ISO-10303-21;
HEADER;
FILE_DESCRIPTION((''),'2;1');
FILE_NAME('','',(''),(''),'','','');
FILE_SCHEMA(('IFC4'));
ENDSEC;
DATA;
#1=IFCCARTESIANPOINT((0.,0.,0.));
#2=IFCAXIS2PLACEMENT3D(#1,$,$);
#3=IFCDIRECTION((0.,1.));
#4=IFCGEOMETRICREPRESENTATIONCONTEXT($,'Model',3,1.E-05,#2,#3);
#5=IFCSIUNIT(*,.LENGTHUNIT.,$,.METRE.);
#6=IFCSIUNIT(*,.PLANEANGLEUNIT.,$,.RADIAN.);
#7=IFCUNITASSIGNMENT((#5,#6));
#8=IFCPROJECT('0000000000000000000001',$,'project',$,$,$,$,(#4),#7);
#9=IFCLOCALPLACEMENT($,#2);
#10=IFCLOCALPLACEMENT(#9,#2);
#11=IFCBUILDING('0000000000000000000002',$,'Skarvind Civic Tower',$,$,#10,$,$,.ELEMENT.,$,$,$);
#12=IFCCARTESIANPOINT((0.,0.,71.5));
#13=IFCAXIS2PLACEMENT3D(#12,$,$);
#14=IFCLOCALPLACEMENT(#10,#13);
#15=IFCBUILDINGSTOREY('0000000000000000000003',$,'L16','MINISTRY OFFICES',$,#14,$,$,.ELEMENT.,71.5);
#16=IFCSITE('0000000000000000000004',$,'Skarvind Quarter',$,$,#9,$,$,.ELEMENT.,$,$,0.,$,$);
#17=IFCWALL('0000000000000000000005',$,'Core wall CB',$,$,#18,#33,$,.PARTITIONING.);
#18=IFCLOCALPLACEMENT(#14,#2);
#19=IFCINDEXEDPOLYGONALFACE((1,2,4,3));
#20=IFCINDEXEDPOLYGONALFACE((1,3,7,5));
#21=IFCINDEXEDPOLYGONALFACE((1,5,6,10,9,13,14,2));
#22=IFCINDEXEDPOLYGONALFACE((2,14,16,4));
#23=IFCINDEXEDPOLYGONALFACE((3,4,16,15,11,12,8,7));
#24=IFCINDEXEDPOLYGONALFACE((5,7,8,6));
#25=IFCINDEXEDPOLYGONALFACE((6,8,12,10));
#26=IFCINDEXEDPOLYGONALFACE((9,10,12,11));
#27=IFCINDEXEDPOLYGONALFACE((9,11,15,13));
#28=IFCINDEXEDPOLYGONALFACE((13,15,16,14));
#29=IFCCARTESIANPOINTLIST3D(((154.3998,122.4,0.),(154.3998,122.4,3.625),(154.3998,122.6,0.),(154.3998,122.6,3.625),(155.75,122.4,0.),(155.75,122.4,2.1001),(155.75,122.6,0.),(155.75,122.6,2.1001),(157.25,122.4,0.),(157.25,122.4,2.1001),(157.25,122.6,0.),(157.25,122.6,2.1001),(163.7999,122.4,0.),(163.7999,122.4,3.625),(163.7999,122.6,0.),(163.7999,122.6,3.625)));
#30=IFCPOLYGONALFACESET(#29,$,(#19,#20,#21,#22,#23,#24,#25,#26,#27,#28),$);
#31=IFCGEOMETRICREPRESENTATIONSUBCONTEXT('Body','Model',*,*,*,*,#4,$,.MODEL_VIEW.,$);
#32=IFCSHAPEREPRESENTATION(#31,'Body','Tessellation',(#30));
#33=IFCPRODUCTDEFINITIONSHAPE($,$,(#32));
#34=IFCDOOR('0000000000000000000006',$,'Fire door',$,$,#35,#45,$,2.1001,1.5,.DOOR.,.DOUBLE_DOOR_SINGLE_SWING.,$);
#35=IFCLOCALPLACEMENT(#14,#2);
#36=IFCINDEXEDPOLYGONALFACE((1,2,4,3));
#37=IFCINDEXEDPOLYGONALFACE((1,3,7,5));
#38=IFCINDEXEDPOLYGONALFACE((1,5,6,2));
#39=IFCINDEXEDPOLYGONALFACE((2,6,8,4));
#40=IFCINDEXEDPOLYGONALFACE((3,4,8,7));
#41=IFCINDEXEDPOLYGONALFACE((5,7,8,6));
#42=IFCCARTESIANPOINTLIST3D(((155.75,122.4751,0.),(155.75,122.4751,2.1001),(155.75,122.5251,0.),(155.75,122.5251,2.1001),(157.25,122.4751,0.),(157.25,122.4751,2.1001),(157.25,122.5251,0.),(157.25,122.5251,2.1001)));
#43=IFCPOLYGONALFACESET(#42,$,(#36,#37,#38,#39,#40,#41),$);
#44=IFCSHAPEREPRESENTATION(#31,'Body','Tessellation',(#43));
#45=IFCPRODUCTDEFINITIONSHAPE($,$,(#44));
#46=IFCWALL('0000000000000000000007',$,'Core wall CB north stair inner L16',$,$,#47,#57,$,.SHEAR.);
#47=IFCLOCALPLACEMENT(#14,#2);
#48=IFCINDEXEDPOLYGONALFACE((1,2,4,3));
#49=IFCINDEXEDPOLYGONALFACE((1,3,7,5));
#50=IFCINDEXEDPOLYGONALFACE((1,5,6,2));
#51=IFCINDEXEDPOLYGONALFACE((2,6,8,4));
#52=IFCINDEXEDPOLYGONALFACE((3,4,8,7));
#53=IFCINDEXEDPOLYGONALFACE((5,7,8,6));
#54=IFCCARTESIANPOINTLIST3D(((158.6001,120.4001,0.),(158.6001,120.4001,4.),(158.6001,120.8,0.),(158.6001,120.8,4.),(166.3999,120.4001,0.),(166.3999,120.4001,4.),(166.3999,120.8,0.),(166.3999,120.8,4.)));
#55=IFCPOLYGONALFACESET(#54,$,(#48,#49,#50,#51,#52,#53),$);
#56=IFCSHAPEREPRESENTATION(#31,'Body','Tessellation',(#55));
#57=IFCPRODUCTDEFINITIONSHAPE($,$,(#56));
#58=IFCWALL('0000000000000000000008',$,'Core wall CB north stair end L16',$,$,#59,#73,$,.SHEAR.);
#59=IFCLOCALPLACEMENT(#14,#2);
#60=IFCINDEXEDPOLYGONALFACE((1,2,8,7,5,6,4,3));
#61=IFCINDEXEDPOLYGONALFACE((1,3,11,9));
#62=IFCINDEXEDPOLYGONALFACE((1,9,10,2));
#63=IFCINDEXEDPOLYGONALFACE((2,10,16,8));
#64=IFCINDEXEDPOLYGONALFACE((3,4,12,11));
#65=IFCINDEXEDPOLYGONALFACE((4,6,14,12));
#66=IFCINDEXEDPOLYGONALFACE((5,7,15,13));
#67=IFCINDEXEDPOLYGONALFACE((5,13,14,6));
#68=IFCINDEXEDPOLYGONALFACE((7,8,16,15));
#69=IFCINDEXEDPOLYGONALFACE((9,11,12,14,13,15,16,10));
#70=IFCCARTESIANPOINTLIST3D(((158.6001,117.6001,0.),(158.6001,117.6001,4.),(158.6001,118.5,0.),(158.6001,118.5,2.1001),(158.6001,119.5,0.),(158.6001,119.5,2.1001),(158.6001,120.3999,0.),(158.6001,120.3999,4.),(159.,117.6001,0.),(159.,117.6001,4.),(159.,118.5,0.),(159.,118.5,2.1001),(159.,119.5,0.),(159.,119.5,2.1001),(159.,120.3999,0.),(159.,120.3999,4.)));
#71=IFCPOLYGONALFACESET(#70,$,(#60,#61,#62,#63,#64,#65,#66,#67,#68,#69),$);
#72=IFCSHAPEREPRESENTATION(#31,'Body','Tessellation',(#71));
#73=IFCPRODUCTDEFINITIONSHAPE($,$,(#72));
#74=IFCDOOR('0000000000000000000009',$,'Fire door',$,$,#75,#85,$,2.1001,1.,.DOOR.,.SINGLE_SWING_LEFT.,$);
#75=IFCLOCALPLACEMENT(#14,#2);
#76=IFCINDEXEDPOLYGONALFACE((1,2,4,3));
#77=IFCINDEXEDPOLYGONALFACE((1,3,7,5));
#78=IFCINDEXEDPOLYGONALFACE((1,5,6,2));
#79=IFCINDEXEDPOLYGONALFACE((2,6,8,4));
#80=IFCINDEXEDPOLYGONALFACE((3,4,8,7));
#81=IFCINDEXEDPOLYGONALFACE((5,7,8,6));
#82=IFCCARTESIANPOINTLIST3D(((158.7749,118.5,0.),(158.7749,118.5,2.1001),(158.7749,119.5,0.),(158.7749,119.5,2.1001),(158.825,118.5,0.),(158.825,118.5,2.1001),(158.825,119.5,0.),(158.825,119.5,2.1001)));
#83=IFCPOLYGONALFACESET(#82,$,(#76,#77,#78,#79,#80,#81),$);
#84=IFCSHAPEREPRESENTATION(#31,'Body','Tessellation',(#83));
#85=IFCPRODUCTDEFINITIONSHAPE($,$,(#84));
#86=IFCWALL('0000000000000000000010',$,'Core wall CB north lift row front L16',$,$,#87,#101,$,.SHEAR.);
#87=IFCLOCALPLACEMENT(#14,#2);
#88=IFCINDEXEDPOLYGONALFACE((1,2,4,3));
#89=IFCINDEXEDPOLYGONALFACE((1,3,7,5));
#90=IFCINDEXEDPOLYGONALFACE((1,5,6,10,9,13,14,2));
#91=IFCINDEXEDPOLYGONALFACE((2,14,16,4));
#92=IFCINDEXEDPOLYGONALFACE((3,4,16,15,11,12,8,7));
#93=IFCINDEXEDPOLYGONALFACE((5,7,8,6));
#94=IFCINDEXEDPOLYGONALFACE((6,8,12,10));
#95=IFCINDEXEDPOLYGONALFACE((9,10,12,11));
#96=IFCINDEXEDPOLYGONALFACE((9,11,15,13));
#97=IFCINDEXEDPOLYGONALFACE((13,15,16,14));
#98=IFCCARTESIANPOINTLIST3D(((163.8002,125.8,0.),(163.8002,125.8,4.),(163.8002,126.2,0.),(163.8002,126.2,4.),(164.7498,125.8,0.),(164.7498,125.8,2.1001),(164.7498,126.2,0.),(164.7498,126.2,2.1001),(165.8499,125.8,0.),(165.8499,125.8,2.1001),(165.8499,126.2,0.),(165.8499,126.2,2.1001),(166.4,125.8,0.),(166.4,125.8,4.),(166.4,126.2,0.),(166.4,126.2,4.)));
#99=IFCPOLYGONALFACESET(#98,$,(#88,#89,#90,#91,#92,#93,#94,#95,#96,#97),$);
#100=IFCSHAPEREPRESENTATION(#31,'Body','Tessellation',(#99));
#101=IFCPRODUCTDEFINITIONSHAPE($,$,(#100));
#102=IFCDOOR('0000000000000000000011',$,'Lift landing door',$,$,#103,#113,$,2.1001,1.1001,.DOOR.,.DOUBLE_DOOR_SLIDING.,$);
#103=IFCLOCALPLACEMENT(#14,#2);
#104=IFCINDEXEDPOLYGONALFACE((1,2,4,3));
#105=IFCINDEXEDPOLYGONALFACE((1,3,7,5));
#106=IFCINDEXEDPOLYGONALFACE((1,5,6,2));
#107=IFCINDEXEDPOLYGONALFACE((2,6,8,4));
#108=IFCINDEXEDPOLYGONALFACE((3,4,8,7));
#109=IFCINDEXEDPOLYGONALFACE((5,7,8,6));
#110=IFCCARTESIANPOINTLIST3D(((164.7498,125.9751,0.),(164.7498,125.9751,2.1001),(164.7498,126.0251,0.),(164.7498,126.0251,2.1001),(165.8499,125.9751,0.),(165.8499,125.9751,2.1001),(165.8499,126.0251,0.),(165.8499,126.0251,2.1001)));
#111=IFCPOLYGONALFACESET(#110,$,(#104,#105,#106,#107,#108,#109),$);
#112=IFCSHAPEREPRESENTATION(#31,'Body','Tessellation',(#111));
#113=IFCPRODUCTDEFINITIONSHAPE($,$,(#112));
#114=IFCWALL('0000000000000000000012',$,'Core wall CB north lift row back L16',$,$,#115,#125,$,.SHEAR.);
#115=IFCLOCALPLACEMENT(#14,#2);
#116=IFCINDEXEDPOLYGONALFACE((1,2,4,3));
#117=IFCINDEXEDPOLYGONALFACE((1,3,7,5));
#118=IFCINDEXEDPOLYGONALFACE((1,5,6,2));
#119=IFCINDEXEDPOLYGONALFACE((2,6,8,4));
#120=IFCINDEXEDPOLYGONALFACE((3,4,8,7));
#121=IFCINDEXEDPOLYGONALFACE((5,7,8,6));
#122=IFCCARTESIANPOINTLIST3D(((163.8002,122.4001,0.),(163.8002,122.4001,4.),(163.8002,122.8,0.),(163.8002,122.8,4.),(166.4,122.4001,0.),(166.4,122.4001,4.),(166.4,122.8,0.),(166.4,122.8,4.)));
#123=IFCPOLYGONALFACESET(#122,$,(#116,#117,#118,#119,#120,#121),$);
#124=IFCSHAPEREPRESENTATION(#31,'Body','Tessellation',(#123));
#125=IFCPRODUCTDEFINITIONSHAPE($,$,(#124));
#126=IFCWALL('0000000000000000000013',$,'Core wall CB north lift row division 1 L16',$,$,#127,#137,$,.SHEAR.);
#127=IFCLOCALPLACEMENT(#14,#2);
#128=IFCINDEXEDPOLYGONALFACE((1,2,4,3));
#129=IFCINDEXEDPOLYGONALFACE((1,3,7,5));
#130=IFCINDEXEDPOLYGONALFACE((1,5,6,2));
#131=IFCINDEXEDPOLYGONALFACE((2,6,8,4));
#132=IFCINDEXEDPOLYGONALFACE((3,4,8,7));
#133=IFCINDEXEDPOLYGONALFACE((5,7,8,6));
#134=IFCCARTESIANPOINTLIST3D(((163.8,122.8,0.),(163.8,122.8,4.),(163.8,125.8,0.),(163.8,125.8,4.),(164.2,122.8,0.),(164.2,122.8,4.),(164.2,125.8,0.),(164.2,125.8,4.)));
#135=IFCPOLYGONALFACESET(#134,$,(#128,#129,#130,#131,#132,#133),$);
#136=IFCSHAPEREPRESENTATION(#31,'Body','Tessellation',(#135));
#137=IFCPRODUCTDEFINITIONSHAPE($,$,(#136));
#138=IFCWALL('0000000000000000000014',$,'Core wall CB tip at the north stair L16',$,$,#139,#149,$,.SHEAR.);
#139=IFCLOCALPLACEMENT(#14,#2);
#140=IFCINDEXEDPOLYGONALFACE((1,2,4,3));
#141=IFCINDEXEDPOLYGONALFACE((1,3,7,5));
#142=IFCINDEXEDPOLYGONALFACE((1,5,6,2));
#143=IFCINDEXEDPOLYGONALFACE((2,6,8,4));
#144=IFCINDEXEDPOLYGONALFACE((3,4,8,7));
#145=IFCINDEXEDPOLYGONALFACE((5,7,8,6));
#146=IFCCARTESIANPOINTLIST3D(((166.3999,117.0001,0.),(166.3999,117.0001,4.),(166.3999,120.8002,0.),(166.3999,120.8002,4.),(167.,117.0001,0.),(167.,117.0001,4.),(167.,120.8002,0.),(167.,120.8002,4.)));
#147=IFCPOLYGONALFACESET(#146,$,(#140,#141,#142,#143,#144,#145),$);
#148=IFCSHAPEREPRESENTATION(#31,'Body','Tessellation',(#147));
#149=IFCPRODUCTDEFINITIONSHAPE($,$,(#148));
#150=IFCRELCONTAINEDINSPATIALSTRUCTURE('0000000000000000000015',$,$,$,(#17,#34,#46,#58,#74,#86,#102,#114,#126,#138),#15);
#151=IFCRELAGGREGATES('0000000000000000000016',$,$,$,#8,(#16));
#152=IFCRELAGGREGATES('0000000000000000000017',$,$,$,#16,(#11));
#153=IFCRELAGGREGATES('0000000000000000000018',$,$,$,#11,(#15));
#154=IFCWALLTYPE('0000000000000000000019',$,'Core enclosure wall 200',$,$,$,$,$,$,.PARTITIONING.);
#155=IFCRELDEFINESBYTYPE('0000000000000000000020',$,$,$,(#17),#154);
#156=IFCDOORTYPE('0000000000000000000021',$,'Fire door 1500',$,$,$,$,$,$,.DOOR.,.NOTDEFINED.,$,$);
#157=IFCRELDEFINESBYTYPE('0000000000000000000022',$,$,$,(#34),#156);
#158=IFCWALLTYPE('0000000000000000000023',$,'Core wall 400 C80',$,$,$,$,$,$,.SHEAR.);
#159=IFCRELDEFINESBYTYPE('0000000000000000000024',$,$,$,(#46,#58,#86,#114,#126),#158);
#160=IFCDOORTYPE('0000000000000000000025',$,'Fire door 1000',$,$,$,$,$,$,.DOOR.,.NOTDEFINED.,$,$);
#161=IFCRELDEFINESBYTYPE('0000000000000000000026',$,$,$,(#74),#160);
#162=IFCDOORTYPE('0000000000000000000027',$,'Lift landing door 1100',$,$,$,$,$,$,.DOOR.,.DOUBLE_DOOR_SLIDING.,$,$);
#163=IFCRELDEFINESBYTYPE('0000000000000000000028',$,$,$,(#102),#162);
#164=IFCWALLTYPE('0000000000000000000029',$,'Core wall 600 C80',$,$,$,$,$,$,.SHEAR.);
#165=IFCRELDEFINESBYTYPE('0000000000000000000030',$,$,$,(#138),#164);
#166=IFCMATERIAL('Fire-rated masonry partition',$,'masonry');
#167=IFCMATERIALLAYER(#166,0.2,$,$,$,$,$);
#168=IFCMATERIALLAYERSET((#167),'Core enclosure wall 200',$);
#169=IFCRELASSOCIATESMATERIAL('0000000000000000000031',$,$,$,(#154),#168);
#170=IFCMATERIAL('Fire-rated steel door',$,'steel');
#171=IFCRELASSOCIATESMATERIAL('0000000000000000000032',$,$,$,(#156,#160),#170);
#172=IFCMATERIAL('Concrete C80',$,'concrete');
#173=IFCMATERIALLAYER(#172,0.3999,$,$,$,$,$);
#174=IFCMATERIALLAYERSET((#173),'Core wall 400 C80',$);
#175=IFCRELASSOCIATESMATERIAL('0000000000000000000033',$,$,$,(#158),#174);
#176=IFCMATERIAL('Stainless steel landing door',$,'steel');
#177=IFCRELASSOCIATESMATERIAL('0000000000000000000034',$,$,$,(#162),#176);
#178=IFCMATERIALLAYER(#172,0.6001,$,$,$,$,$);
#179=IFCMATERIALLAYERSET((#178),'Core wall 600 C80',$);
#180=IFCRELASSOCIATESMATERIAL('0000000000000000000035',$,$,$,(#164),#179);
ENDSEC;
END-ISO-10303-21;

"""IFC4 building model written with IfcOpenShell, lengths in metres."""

from ifc_helpers import new_model, si_unit, direction, frame, frame_2d, origin, place, context, subcontext, project, spatial, rectangle, extrude, material, layer, layer_set, type_object, element, fill, save


model = new_model("IFC4")

# Units and contexts
model_context = context("Model", 3, precision=1e-05, world=origin(), true_north=direction((0.0, 1.0)))
body_context = subcontext(model_context, "Body", "Model", "MODEL_VIEW")
ifc_project = project(units=[si_unit("LENGTHUNIT", "METRE"), si_unit("PLANEANGLEUNIT", "RADIAN")], contexts=[model_context])

# Site, building, storey
site_placement = place(None, origin())
site = spatial("IfcSite", under=ifc_project, at=site_placement, Name="Skarvind Quarter", CompositionType="ELEMENT", RefElevation=0.0)
building_placement = place(site_placement, origin())
building = spatial("IfcBuilding", under=site, at=building_placement, Name="Skarvind Civic Tower", CompositionType="ELEMENT")
storey_placement = place(building_placement, frame((0.0, 0.0, 71.5)))
storey = spatial("IfcBuildingStorey", under=building, at=storey_placement, Name="L16", Description="MINISTRY OFFICES", CompositionType="ELEMENT", Elevation=71.5)

# Wall, opening, door
ifc_material_1 = material(Name="Fire-rated masonry partition", Category="masonry")
ifc_layer_1 = layer(ifc_material_1, 0.2)
ifc_layer_set_1 = layer_set([ifc_layer_1], Name="Core enclosure wall 200")
wall_type_1 = type_object("IfcWallType", Name="Core enclosure wall 200", PredefinedType="PARTITIONING", material=ifc_layer_set_1)
wall_1_placement = place(storey_placement, frame((163.8, 122.5, 0.0), z_axis=(0.0, 0.0, 1.0), x_axis=(-1.0, 0.0, 0.0)))
wall_1 = element("IfcWall", 1, at=wall_1_placement, inside=storey, type_object=wall_type_1, Name="Core wall CB", PredefinedType="PARTITIONING", context=body_context, shape_type="SweptSolid", body=[
    extrude(rectangle(XDim=9.4001, YDim=0.2, at=frame_2d((4.7002, 0.0))), origin(), (0.0, 0.0, 1.0), 3.625),
])
opening_1_placement = place(wall_1_placement, frame((6.55, 0.0, 0.0)))
opening_1 = element("IfcOpeningElement", 2, at=opening_1_placement, cuts=wall_1, PredefinedType="OPENING", context=body_context, shape_type="SweptSolid", body=[
    extrude(rectangle(XDim=1.5, YDim=2.1001, at=frame_2d((0.75, 1.05))), frame((0.0, 0.1099, 0.0), z_axis=(0.0, -1.0, 0.0), x_axis=(1.0, 0.0, 0.0)), (0.0, 0.0, 1.0), 0.22),
])
ifc_material_2 = material(Name="Fire-rated steel door", Category="steel")
door_type_1 = type_object("IfcDoorType", Name="Fire door 1500", OperationType="NOTDEFINED", PredefinedType="DOOR", material=ifc_material_2)
door_1_placement = place(opening_1_placement, origin())
door_1 = element("IfcDoor", 3, at=door_1_placement, inside=storey, type_object=door_type_1, Name="Fire door", OperationType="DOUBLE_DOOR_SINGLE_SWING", OverallHeight=2.1001, OverallWidth=1.5, PredefinedType="DOOR", context=body_context, shape_type="SweptSolid", body=[
    extrude(rectangle(XDim=1.5, YDim=2.1001, at=frame_2d((0.75, 1.05))), frame((0.0, 0.0249, 0.0), z_axis=(0.0, -1.0, 0.0), x_axis=(1.0, 0.0, 0.0)), (0.0, 0.0, 1.0), 0.05),
])
fill(opening_1, door_1)

# Wall
ifc_material_3 = material(Name="Concrete C80", Category="concrete")
ifc_layer_2 = layer(ifc_material_3, 0.3999)
ifc_layer_set_2 = layer_set([ifc_layer_2], Name="Core wall 400 C80")
wall_type_2 = type_object("IfcWallType", Name="Core wall 400 C80", PredefinedType="SHEAR", material=ifc_layer_set_2)
wall_2_placement = place(storey_placement, frame((166.3999, 120.6001, 0.0), z_axis=(0.0, 0.0, 1.0), x_axis=(-1.0, 0.0, 0.0)))
element("IfcWall", 4, at=wall_2_placement, inside=storey, type_object=wall_type_2, Name="Core wall CB north stair inner L16", PredefinedType="SHEAR", context=body_context, shape_type="SweptSolid", body=[
    extrude(rectangle(XDim=7.7998, YDim=0.3999, at=frame_2d((3.8999, 0.0))), origin(), (0.0, 0.0, 1.0), 4.0),
])

# Walls, openings, doors
wall_3_placement = place(storey_placement, frame((158.8, 120.3999, 0.0), z_axis=(0.0, 0.0, 1.0), x_axis=(0.0, -1.0, 0.0)))
wall_3 = element("IfcWall", 5, at=wall_3_placement, inside=storey, type_object=wall_type_2, Name="Core wall CB north stair end L16", PredefinedType="SHEAR", context=body_context, shape_type="SweptSolid", body=[
    extrude(rectangle(XDim=2.7998, YDim=0.3999, at=frame_2d((1.3999, 0.0))), origin(), (0.0, 0.0, 1.0), 4.0),
])
opening_2_placement = place(wall_3_placement, frame((0.8999, 0.0, 0.0)))
opening_2 = element("IfcOpeningElement", 6, at=opening_2_placement, cuts=wall_3, PredefinedType="OPENING", context=body_context, shape_type="SweptSolid", body=[
    extrude(rectangle(XDim=1.0, YDim=2.1001, at=frame_2d((0.5, 1.05))), frame((0.0, 0.21, 0.0), z_axis=(0.0, -1.0, 0.0), x_axis=(1.0, 0.0, 0.0)), (0.0, 0.0, 1.0), 0.4199),
])
door_type_2 = type_object("IfcDoorType", Name="Fire door 1000", OperationType="NOTDEFINED", PredefinedType="DOOR", material=ifc_material_2)
door_2_placement = place(opening_2_placement, origin())
door_2 = element("IfcDoor", 7, at=door_2_placement, inside=storey, type_object=door_type_2, Name="Fire door", OperationType="SINGLE_SWING_LEFT", OverallHeight=2.1001, OverallWidth=1.0, PredefinedType="DOOR", context=body_context, shape_type="SweptSolid", body=[
    extrude(rectangle(XDim=1.0, YDim=2.1001, at=frame_2d((0.5, 1.05))), frame((0.0, 0.0249, 0.0), z_axis=(0.0, -1.0, 0.0), x_axis=(1.0, 0.0, 0.0)), (0.0, 0.0, 1.0), 0.05),
])
fill(opening_2, door_2)
wall_4_placement = place(storey_placement, frame((166.3999, 126.0, 0.0), z_axis=(0.0, 0.0, 1.0), x_axis=(-1.0, 0.0, 0.0)))
wall_4 = element("IfcWall", 8, at=wall_4_placement, inside=storey, type_object=wall_type_2, Name="Core wall CB north lift row front L16", PredefinedType="SHEAR", context=body_context, shape_type="SweptSolid", body=[
    extrude(rectangle(XDim=2.5999, YDim=0.3999, at=frame_2d((1.2998, 0.0))), origin(), (0.0, 0.0, 1.0), 4.0),
])
opening_3_placement = place(wall_4_placement, frame((0.55, 0.0, 0.0)))
opening_3 = element("IfcOpeningElement", 9, at=opening_3_placement, cuts=wall_4, PredefinedType="OPENING", context=body_context, shape_type="SweptSolid", body=[
    extrude(rectangle(XDim=1.1001, YDim=2.1001, at=frame_2d((0.55, 1.05))), frame((0.0, 0.21, 0.0), z_axis=(0.0, -1.0, 0.0), x_axis=(1.0, 0.0, 0.0)), (0.0, 0.0, 1.0), 0.4199),
])
ifc_material_4 = material(Name="Stainless steel landing door", Category="steel")
door_type_3 = type_object("IfcDoorType", Name="Lift landing door 1100", OperationType="DOUBLE_DOOR_SLIDING", PredefinedType="DOOR", material=ifc_material_4)
door_3_placement = place(opening_3_placement, origin())
door_3 = element("IfcDoor", 10, at=door_3_placement, inside=storey, type_object=door_type_3, Name="Lift landing door", OperationType="DOUBLE_DOOR_SLIDING", OverallHeight=2.1001, OverallWidth=1.1001, PredefinedType="DOOR", context=body_context, shape_type="SweptSolid", body=[
    extrude(rectangle(XDim=1.1001, YDim=2.1001, at=frame_2d((0.55, 1.05))), frame((0.0, 0.0249, 0.0), z_axis=(0.0, -1.0, 0.0), x_axis=(1.0, 0.0, 0.0)), (0.0, 0.0, 1.0), 0.05),
])
fill(opening_3, door_3)

# Walls
wall_5_placement = place(storey_placement, frame((166.3999, 122.6001, 0.0), z_axis=(0.0, 0.0, 1.0), x_axis=(-1.0, 0.0, 0.0)))
element("IfcWall", 11, at=wall_5_placement, inside=storey, type_object=wall_type_2, Name="Core wall CB north lift row back L16", PredefinedType="SHEAR", context=body_context, shape_type="SweptSolid", body=[
    extrude(rectangle(XDim=2.5999, YDim=0.3999, at=frame_2d((1.2998, 0.0))), origin(), (0.0, 0.0, 1.0), 4.0),
])
wall_6_placement = place(storey_placement, frame((164.0, 125.8, 0.0), z_axis=(0.0, 0.0, 1.0), x_axis=(0.0, -1.0, 0.0)))
element("IfcWall", 12, at=wall_6_placement, inside=storey, type_object=wall_type_2, Name="Core wall CB north lift row division 1 L16", PredefinedType="SHEAR", context=body_context, shape_type="SweptSolid", body=[
    extrude(rectangle(XDim=3.0, YDim=0.3999, at=frame_2d((1.5, 0.0))), origin(), (0.0, 0.0, 1.0), 4.0),
])
ifc_layer_3 = layer(ifc_material_3, 0.6001)
ifc_layer_set_3 = layer_set([ifc_layer_3], Name="Core wall 600 C80")
wall_type_3 = type_object("IfcWallType", Name="Core wall 600 C80", PredefinedType="SHEAR", material=ifc_layer_set_3)
wall_7_placement = place(storey_placement, frame((166.7, 120.8, 0.0), z_axis=(0.0, 0.0, 1.0), x_axis=(0.0, -1.0, 0.0)))
element("IfcWall", 13, at=wall_7_placement, inside=storey, type_object=wall_type_3, Name="Core wall CB tip at the north stair L16", PredefinedType="SHEAR", context=body_context, shape_type="SweptSolid", body=[
    extrude(rectangle(XDim=3.8, YDim=0.6001, at=frame_2d((1.8999, 0.0))), origin(), (0.0, 0.0, 1.0), 4.0),
])

save(model, "model.ifc")
